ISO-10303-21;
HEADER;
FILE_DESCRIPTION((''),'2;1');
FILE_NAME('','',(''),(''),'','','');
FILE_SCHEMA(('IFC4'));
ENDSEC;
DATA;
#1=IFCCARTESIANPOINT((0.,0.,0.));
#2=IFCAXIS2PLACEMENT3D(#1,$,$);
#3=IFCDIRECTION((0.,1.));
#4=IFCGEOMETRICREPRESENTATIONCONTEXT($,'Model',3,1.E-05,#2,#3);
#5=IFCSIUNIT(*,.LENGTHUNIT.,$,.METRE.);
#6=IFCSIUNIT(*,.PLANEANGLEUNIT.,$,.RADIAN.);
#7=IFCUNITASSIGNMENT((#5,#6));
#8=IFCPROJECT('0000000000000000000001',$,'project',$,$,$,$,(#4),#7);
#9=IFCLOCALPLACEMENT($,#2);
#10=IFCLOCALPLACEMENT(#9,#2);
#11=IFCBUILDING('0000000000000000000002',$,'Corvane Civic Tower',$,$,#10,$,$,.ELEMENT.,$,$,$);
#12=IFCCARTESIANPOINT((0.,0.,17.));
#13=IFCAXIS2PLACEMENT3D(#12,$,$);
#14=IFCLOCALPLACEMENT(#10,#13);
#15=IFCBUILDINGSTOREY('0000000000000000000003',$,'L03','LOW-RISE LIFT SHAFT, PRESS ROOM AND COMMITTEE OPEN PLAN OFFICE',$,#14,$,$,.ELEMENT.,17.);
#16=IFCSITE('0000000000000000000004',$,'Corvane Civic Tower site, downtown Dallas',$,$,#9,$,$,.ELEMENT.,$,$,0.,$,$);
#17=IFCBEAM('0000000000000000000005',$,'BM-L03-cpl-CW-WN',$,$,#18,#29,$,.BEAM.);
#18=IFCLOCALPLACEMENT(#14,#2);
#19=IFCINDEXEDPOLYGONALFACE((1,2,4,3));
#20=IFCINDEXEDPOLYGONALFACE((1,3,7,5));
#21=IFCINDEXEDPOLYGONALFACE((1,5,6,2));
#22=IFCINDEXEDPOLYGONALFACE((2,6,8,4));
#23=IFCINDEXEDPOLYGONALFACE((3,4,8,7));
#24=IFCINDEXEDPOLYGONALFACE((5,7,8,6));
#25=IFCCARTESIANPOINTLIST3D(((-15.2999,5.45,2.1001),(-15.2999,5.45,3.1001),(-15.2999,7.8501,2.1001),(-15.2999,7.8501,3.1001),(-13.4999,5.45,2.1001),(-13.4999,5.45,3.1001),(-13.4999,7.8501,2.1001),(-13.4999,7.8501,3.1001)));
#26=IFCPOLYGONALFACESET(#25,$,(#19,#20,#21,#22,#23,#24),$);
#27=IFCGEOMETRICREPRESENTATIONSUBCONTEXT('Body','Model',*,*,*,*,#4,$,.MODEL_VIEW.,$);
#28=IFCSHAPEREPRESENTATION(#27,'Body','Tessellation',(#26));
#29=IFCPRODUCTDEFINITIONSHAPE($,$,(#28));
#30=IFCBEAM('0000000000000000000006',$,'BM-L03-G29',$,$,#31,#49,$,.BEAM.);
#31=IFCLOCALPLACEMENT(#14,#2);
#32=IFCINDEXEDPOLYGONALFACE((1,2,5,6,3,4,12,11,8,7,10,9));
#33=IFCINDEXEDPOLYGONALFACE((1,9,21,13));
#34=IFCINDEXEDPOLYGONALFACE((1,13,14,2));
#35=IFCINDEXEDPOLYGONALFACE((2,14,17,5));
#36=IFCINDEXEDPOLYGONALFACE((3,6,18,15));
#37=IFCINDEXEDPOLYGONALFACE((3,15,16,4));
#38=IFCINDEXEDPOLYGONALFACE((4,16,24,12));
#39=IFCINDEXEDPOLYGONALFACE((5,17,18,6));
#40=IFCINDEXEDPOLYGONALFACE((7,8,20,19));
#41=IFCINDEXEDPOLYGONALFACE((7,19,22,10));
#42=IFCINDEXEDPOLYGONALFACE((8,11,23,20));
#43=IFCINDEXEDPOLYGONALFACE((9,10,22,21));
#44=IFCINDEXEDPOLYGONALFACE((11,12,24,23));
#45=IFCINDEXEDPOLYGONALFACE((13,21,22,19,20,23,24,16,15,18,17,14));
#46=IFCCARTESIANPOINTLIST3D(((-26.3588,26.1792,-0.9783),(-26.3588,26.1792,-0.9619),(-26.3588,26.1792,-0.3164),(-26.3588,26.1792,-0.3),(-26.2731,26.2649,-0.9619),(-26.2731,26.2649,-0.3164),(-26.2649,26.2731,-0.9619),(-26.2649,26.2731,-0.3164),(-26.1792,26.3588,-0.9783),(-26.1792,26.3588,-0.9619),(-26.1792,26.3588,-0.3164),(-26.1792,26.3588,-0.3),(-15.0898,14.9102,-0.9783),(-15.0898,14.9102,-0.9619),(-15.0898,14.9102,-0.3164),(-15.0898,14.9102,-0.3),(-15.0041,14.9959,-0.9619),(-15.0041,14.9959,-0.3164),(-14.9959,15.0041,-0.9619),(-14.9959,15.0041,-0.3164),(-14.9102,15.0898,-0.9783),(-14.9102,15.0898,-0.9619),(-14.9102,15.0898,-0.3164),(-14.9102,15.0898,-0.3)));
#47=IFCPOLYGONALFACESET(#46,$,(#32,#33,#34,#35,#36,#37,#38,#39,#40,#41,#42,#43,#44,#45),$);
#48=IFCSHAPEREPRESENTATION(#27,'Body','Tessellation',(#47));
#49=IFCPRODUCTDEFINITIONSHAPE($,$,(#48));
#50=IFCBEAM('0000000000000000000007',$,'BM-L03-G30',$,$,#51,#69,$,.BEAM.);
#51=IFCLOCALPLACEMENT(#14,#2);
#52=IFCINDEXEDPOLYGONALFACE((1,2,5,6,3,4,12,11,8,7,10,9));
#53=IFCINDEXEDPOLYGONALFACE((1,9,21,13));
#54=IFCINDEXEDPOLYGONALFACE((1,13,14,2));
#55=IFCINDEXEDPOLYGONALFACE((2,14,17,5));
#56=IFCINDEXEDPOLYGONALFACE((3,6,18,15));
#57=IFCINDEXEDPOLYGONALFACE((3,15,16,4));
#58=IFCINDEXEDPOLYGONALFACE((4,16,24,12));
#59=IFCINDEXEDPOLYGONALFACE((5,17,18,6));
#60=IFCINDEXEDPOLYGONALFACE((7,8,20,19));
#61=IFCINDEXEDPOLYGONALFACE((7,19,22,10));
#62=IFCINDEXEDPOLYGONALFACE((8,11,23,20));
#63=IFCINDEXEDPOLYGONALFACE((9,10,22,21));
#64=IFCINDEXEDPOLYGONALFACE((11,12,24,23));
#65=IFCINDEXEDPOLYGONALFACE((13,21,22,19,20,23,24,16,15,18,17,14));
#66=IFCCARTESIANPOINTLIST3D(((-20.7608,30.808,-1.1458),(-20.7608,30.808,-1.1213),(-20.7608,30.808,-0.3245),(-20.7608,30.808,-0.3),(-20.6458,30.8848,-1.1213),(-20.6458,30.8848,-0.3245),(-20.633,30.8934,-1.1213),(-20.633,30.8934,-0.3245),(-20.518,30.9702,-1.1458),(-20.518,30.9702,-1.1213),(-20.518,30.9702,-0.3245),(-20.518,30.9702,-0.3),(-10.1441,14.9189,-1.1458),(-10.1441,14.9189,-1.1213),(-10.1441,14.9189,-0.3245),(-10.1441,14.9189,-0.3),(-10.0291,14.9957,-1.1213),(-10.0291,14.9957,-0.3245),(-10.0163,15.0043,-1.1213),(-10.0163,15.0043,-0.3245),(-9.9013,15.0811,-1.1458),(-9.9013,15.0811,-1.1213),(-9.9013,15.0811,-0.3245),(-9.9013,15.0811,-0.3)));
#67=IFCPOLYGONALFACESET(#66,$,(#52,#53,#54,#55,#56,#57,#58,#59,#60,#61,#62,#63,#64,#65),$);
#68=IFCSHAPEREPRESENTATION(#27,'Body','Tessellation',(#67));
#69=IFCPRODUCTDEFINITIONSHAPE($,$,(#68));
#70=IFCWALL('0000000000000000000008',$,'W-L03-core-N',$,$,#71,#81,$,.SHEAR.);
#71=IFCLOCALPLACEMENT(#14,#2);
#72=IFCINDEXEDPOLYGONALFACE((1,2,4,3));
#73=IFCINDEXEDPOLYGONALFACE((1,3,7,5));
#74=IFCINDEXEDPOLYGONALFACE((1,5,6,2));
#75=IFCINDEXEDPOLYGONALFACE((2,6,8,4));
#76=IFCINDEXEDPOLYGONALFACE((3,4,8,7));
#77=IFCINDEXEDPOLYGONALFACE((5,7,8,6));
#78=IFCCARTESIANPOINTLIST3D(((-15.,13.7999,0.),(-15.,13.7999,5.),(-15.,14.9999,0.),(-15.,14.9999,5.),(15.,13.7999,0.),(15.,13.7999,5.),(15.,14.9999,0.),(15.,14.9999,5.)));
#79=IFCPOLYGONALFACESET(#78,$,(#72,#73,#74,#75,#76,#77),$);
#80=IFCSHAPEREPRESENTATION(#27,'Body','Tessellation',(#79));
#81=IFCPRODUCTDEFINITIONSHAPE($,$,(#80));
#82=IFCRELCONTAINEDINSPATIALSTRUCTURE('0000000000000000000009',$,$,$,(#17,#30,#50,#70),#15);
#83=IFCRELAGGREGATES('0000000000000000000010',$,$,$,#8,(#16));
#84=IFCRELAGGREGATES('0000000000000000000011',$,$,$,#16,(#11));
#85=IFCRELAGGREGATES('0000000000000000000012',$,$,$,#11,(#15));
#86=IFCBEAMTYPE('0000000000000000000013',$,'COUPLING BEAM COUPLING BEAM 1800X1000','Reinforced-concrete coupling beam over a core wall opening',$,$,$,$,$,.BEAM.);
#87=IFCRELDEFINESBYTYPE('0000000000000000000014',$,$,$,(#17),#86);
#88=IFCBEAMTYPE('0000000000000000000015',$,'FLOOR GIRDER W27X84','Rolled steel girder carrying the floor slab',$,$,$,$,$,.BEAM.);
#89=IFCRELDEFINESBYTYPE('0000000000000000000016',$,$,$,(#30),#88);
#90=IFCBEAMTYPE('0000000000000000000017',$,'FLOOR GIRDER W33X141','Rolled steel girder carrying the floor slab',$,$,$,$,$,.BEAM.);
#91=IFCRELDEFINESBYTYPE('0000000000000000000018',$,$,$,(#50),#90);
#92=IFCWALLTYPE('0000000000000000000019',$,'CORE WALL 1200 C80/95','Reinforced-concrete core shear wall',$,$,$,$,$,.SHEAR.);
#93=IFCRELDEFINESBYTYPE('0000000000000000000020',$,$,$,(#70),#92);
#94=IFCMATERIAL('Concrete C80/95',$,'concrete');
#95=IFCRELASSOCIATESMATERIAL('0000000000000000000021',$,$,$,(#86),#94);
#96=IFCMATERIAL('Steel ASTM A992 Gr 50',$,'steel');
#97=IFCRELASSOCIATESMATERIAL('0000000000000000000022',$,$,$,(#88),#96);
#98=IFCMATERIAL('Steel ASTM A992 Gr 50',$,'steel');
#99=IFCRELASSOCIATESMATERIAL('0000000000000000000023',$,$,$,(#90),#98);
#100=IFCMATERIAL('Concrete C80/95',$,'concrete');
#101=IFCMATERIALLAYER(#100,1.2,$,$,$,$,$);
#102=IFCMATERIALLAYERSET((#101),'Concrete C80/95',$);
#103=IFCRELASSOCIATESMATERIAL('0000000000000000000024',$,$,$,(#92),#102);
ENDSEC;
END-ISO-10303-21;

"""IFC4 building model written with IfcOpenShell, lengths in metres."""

from ifc_helpers import new_model, si_unit, direction, frame, frame_2d, origin, origin_2d, place, context, subcontext, project, spatial, rectangle, i_section, extrude, material, layer, layer_set, material_profile, profile_set, type_object, element, save


model = new_model("IFC4")

# Units and contexts
model_context = context("Model", 3, precision=1e-05, world=origin(), true_north=direction((0.0, 1.0)))
body_context = subcontext(model_context, "Body", "Model", "MODEL_VIEW")
ifc_project = project(units=[si_unit("LENGTHUNIT", "METRE"), si_unit("PLANEANGLEUNIT", "RADIAN")], contexts=[model_context])

# Site, building, storey
site_placement = place(None, origin())
site = spatial("IfcSite", under=ifc_project, at=site_placement, Name="Corvane Civic Tower site, downtown Dallas", CompositionType="ELEMENT", RefElevation=0.0)
building_placement = place(site_placement, origin())
building = spatial("IfcBuilding", under=site, at=building_placement, Name="Corvane Civic Tower", CompositionType="ELEMENT")
storey_placement = place(building_placement, frame((0.0, 0.0, 17.0)))
storey = spatial("IfcBuildingStorey", under=building, at=storey_placement, Name="L03", Description="LOW-RISE LIFT SHAFT, PRESS ROOM AND COMMITTEE OPEN PLAN OFFICE", CompositionType="ELEMENT", Elevation=17.0)

# Beams
ifc_material_1 = material(Name="Concrete C80/95", Category="concrete")
ifc_material_profile_1 = material_profile(ifc_material_1, rectangle(XDim=1.8, YDim=1.0, at=origin_2d()), Name="COUPLING BEAM 1800X1000")
ifc_profile_set_1 = profile_set([ifc_material_profile_1], Name="Concrete C80/95")
beam_type_1 = type_object("IfcBeamType", Name="COUPLING BEAM COUPLING BEAM 1800X1000", Description="Reinforced-concrete coupling beam over a core wall opening", PredefinedType="BEAM", material=ifc_profile_set_1)
beam_1_placement = place(storey_placement, frame((-14.3999, 5.45, 2.6001), z_axis=(0.0, 1.0, 0.0), x_axis=(-1.0, 0.0, 0.0)))
element("IfcBeam", 1, at=beam_1_placement, inside=storey, type_object=beam_type_1, Name="BM-L03-cpl-CW-WN", PredefinedType="BEAM", context=body_context, shape_type="SweptSolid", body=[
    extrude(rectangle(XDim=1.8, YDim=1.0, at=origin_2d()), origin(), (0.0, 0.0, 1.0), 2.4001),
])
ifc_material_2 = material(Name="Steel ASTM A992 Gr 50", Category="steel")
ifc_material_profile_2 = material_profile(ifc_material_2, i_section(OverallWidth=0.2539, OverallDepth=0.6782, WebThickness=0.0117, FlangeThickness=0.0164, at=origin_2d()), Name="W27X84")
ifc_profile_set_2 = profile_set([ifc_material_profile_2], Name="Steel ASTM A992 Gr 50")
beam_type_2 = type_object("IfcBeamType", Name="FLOOR GIRDER W27X84", Description="Rolled steel girder carrying the floor slab", PredefinedType="BEAM", material=ifc_profile_set_2)
beam_2_placement = place(storey_placement, frame((-15.0, 15.0, -0.6392), z_axis=(-0.707107, 0.707107, 0.0), x_axis=(-0.707107, -0.707107, 0.0)))
element("IfcBeam", 2, at=beam_2_placement, inside=storey, type_object=beam_type_2, Name="BM-L03-G29", PredefinedType="BEAM", context=body_context, shape_type="SweptSolid", body=[
    extrude(i_section(OverallWidth=0.2539, OverallDepth=0.6782, WebThickness=0.0117, FlangeThickness=0.0164, at=origin_2d()), origin(), (0.0, 0.0, 1.0), 15.9368),
])
ifc_material_3 = material(Name="Steel ASTM A992 Gr 50", Category="steel")
ifc_material_profile_3 = material_profile(ifc_material_3, i_section(OverallWidth=0.292, OverallDepth=0.8457, WebThickness=0.0154, FlangeThickness=0.0244, at=origin_2d()), Name="W33X141")
ifc_profile_set_3 = profile_set([ifc_material_profile_3], Name="Steel ASTM A992 Gr 50")
beam_type_3 = type_object("IfcBeamType", Name="FLOOR GIRDER W33X141", Description="Rolled steel girder carrying the floor slab", PredefinedType="BEAM", material=ifc_profile_set_3)
beam_3_placement = place(storey_placement, frame((-10.0227, 15.0, -0.7229), z_axis=(-0.555567, 0.831472, 0.0), x_axis=(-0.831472, -0.555567, 0.0)))
element("IfcBeam", 3, at=beam_3_placement, inside=storey, type_object=beam_type_3, Name="BM-L03-G30", PredefinedType="BEAM", context=body_context, shape_type="SweptSolid", body=[
    extrude(i_section(OverallWidth=0.292, OverallDepth=0.8457, WebThickness=0.0154, FlangeThickness=0.0244, at=origin_2d()), origin(), (0.0, 0.0, 1.0), 19.1096),
])

# Wall
ifc_material_4 = material(Name="Concrete C80/95", Category="concrete")
ifc_layer_1 = layer(ifc_material_4, 1.2)
ifc_layer_set_1 = layer_set([ifc_layer_1], Name="Concrete C80/95")
wall_type_1 = type_object("IfcWallType", Name="CORE WALL 1200 C80/95", Description="Reinforced-concrete core shear wall", PredefinedType="SHEAR", material=ifc_layer_set_1)
wall_1_placement = place(storey_placement, frame((-15.0, 14.3999, 0.0), z_axis=(0.0, 0.0, 1.0), x_axis=(1.0, 0.0, 0.0)))
element("IfcWall", 4, at=wall_1_placement, inside=storey, type_object=wall_type_1, Name="W-L03-core-N", PredefinedType="SHEAR", context=body_context, shape_type="SweptSolid", body=[
    extrude(rectangle(XDim=30.0, YDim=1.2, at=frame_2d((15.0, 0.0))), origin(), (0.0, 0.0, 1.0), 5.0),
])

save(model, "model.ifc")
